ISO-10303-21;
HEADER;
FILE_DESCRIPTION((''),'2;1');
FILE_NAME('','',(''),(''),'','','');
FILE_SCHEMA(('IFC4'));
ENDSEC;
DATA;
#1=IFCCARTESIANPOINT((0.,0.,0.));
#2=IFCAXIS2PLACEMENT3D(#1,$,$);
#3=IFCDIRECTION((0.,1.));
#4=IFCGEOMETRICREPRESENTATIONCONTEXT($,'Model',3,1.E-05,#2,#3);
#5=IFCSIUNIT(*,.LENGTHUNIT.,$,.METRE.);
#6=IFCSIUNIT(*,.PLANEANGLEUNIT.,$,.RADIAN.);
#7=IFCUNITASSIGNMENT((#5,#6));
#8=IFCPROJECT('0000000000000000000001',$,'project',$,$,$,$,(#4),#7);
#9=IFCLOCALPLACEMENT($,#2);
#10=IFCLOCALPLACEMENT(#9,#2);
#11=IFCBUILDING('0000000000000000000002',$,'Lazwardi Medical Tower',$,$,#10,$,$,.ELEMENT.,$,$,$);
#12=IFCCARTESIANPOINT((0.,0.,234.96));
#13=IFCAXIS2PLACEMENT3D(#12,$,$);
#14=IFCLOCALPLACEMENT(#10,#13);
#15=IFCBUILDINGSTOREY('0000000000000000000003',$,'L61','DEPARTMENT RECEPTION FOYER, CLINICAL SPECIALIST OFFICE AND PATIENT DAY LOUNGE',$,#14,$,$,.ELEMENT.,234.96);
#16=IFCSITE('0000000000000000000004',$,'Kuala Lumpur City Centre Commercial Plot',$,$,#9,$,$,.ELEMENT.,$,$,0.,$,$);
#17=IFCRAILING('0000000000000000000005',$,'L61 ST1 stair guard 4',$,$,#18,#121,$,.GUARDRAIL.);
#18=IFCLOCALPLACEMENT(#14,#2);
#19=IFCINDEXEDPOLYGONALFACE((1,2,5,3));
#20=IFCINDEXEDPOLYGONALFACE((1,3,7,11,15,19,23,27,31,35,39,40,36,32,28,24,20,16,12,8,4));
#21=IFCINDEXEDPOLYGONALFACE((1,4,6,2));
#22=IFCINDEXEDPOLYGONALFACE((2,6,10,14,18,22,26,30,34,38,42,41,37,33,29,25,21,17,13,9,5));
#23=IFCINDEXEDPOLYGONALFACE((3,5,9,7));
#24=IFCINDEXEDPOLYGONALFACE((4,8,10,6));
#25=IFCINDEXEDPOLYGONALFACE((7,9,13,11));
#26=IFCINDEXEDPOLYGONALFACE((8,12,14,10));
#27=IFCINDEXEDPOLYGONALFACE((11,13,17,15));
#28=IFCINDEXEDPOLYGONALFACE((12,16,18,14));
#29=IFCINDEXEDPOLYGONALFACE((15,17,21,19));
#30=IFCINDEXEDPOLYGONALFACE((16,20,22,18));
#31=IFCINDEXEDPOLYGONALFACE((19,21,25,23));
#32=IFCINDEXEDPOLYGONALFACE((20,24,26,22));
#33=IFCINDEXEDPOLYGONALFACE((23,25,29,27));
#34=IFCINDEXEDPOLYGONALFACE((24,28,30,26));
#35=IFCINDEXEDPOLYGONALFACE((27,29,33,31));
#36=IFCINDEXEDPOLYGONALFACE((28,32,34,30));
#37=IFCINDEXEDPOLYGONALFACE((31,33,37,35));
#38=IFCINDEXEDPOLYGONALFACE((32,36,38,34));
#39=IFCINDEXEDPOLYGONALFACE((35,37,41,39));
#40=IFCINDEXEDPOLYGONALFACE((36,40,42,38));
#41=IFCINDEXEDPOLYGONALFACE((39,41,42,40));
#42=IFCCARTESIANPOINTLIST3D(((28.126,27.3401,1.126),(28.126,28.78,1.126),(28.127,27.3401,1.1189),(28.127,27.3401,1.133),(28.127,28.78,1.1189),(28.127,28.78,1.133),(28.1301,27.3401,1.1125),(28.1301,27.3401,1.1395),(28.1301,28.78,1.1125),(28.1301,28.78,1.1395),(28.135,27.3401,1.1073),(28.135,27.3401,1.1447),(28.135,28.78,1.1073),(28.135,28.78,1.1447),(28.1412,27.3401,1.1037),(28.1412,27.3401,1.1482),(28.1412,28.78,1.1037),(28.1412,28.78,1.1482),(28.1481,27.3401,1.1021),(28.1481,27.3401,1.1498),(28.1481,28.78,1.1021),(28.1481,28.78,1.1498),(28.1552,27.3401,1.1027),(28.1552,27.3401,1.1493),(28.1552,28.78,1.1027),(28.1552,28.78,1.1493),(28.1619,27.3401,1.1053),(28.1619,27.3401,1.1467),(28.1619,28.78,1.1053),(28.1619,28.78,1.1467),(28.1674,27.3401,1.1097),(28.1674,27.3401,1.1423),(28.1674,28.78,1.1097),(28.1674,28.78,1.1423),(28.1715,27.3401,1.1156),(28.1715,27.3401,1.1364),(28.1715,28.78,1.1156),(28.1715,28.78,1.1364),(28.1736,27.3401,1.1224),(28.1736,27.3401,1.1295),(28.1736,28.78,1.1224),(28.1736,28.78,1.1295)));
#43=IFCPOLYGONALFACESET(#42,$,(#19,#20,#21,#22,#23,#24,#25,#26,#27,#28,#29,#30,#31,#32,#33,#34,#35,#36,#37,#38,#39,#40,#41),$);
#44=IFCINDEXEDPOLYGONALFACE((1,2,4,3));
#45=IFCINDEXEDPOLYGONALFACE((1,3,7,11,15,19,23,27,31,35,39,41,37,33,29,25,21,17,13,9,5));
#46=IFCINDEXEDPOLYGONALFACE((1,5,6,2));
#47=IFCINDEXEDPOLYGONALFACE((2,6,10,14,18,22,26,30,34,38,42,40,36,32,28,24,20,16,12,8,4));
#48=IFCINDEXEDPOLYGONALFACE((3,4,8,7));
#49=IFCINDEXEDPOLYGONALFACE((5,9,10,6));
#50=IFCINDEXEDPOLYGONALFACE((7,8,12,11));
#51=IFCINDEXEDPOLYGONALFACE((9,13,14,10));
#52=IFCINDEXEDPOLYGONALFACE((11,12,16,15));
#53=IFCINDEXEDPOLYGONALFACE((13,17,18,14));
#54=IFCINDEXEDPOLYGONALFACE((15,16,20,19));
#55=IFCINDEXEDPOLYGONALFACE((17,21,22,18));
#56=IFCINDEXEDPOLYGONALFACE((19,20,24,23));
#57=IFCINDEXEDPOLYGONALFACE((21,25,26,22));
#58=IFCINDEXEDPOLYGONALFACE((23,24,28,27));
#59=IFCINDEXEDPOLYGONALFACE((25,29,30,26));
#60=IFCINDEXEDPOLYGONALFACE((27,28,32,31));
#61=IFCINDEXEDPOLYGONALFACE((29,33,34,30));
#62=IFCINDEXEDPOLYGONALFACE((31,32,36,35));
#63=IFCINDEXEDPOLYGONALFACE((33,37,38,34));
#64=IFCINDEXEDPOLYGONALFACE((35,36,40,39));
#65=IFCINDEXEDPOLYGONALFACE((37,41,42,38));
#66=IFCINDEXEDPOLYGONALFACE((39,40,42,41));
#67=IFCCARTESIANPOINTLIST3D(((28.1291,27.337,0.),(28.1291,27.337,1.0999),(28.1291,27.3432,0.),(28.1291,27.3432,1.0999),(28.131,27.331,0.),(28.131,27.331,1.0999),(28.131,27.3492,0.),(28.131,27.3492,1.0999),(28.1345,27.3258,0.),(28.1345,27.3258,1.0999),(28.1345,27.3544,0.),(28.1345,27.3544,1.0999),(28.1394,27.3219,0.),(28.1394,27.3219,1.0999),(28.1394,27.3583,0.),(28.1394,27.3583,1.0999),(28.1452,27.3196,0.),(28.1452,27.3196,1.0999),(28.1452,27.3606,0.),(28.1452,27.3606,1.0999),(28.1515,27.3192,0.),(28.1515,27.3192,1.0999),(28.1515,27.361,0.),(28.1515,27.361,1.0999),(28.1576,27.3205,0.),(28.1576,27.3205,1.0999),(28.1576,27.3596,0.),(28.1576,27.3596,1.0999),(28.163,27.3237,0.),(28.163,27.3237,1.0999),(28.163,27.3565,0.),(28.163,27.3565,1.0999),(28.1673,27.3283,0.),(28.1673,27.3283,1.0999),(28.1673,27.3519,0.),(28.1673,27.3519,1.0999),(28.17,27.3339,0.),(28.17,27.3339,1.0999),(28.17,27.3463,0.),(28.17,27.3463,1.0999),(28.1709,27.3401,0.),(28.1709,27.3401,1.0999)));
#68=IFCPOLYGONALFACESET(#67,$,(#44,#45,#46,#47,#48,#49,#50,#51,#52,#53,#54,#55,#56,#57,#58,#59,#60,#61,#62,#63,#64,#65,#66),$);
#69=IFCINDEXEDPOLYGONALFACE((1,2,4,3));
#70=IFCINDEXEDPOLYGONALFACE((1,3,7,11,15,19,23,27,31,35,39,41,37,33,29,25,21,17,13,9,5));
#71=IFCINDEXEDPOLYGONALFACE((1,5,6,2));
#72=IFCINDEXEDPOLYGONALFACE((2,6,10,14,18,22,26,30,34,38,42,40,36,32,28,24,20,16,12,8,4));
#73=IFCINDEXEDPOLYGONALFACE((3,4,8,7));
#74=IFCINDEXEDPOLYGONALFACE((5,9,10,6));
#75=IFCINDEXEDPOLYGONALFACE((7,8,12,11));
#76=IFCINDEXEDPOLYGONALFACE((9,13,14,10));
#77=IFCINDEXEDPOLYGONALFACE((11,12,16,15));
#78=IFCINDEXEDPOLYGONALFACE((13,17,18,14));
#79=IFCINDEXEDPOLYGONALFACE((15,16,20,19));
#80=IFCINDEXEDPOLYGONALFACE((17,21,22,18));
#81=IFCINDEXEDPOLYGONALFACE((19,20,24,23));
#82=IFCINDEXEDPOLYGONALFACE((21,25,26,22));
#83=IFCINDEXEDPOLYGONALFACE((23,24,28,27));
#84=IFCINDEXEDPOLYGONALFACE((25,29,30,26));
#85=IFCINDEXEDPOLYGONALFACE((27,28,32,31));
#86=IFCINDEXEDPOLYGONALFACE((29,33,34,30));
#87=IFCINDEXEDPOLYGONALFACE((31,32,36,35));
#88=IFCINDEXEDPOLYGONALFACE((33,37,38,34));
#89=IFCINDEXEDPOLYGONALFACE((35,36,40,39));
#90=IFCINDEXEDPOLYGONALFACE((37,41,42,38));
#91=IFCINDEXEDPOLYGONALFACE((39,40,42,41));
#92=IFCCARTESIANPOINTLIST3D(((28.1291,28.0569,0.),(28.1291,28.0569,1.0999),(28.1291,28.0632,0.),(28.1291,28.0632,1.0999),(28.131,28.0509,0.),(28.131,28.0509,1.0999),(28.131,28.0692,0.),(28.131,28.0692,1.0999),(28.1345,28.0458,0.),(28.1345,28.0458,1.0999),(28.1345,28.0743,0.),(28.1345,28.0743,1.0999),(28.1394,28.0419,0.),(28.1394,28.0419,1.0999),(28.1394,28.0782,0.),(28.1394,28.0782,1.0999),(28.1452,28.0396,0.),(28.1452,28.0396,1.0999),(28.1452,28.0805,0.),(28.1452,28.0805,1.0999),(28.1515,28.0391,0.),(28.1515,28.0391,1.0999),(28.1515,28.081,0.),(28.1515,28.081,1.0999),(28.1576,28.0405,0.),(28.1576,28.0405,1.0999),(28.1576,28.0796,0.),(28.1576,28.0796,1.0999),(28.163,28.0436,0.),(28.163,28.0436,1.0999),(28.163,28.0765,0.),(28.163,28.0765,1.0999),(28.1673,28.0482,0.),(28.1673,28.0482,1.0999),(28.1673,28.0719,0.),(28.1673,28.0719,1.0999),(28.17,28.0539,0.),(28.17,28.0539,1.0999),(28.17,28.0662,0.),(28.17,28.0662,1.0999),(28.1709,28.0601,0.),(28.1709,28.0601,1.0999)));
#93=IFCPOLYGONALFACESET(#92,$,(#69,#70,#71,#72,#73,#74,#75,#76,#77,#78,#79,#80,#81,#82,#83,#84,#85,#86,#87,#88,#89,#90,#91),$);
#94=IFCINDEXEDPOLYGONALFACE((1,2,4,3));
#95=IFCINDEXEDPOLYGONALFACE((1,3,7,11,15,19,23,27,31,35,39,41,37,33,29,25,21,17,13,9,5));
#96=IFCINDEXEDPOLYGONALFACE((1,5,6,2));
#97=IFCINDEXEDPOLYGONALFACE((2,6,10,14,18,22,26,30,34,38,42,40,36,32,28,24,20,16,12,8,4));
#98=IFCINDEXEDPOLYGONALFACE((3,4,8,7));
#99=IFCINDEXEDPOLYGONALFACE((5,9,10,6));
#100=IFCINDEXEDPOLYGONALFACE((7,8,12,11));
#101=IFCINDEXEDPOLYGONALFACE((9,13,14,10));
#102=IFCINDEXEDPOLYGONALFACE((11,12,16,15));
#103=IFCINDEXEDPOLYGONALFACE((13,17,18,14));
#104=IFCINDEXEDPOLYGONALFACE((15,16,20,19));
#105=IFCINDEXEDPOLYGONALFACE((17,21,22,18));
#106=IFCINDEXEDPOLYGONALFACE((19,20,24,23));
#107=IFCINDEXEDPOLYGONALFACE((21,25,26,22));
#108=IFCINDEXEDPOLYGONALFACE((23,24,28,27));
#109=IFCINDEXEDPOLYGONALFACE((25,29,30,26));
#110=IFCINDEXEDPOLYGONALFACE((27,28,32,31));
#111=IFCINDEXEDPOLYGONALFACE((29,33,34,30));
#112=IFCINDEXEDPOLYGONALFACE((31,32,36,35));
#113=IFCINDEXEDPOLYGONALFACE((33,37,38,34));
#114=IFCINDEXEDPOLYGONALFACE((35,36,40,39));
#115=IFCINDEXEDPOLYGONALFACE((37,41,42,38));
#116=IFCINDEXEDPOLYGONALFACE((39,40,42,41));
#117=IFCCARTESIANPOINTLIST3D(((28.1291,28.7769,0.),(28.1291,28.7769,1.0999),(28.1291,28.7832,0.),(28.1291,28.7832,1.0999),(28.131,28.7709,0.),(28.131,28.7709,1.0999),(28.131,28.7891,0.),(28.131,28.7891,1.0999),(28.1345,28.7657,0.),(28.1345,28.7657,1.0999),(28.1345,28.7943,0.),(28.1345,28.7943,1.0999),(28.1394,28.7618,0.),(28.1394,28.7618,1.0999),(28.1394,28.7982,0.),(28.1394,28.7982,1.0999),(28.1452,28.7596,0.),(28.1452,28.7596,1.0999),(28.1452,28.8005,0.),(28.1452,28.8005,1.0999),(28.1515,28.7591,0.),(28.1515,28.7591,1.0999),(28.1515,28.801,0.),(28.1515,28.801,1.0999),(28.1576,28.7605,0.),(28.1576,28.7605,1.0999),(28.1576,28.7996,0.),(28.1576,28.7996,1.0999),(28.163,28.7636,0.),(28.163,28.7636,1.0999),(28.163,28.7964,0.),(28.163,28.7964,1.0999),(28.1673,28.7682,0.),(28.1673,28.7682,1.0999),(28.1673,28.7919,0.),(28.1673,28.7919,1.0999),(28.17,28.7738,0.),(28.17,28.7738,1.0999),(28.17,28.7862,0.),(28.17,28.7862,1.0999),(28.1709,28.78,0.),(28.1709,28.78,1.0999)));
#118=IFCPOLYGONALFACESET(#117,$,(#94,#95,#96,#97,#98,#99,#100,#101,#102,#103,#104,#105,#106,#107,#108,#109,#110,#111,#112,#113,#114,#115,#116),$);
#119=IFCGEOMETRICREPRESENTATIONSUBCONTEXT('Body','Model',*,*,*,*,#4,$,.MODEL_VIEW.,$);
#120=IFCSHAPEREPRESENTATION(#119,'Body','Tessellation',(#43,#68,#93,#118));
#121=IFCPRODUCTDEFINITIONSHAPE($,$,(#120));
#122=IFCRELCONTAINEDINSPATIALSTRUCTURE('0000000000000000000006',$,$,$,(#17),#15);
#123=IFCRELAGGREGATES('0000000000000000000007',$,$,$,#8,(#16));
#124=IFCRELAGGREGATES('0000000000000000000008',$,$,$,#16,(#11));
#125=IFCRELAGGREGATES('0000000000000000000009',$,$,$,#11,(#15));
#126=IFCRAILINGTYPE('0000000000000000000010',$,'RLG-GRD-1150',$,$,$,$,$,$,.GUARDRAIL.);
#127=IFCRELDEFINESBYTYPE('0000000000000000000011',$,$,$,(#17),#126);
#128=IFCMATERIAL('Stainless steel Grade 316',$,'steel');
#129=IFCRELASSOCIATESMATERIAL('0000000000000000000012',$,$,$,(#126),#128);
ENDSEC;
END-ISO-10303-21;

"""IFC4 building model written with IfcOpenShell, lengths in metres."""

from ifc_helpers import new_model, si_unit, direction, frame, origin, origin_2d, place, context, subcontext, project, spatial, circle, extrude, material, type_object, element, save


model = new_model("IFC4")

# Units and contexts
model_context = context("Model", 3, precision=1e-05, world=origin(), true_north=direction((0.0, 1.0)))
body_context = subcontext(model_context, "Body", "Model", "MODEL_VIEW")
ifc_project = project(units=[si_unit("LENGTHUNIT", "METRE"), si_unit("PLANEANGLEUNIT", "RADIAN")], contexts=[model_context])

# Site, building, storey
site_placement = place(None, origin())
site = spatial("IfcSite", under=ifc_project, at=site_placement, Name="Kuala Lumpur City Centre Commercial Plot", CompositionType="ELEMENT", RefElevation=0.0)
building_placement = place(site_placement, origin())
building = spatial("IfcBuilding", under=site, at=building_placement, Name="Lazwardi Medical Tower", CompositionType="ELEMENT")
storey_placement = place(building_placement, frame((0.0, 0.0, 234.96)))
storey = spatial("IfcBuildingStorey", under=building, at=storey_placement, Name="L61", Description="DEPARTMENT RECEPTION FOYER, CLINICAL SPECIALIST OFFICE AND PATIENT DAY LOUNGE", CompositionType="ELEMENT", Elevation=234.96)

# Railing
ifc_material_1 = material(Name="Stainless steel Grade 316", Category="steel")
railing_type_1 = type_object("IfcRailingType", Name="RLG-GRD-1150", PredefinedType="GUARDRAIL", material=ifc_material_1)
railing_1_placement = place(storey_placement, frame((28.1499, 27.3401, 0.0)))
element("IfcRailing", 1, at=railing_1_placement, inside=storey, type_object=railing_type_1, Name="L61 ST1 stair guard 4", PredefinedType="GUARDRAIL", context=body_context, shape_type="SweptSolid", body=[
    extrude(circle(Radius=0.0239, at=origin_2d()), frame((0.0, 0.0, 1.126), z_axis=(0.0, 1.0, 0.0), x_axis=(-1.0, 0.0, 0.0)), (0.0, 0.0, 1.0), 1.4399),
    extrude(circle(Radius=0.021, at=origin_2d()), origin(), (0.0, 0.0, 1.0), 1.0999),
    extrude(circle(Radius=0.021, at=origin_2d()), frame((0.0, 0.72, 0.0)), (0.0, 0.0, 1.0), 1.0999),
    extrude(circle(Radius=0.021, at=origin_2d()), frame((0.0, 1.4399, 0.0)), (0.0, 0.0, 1.0), 1.0999),
])

save(model, "model.ifc")
